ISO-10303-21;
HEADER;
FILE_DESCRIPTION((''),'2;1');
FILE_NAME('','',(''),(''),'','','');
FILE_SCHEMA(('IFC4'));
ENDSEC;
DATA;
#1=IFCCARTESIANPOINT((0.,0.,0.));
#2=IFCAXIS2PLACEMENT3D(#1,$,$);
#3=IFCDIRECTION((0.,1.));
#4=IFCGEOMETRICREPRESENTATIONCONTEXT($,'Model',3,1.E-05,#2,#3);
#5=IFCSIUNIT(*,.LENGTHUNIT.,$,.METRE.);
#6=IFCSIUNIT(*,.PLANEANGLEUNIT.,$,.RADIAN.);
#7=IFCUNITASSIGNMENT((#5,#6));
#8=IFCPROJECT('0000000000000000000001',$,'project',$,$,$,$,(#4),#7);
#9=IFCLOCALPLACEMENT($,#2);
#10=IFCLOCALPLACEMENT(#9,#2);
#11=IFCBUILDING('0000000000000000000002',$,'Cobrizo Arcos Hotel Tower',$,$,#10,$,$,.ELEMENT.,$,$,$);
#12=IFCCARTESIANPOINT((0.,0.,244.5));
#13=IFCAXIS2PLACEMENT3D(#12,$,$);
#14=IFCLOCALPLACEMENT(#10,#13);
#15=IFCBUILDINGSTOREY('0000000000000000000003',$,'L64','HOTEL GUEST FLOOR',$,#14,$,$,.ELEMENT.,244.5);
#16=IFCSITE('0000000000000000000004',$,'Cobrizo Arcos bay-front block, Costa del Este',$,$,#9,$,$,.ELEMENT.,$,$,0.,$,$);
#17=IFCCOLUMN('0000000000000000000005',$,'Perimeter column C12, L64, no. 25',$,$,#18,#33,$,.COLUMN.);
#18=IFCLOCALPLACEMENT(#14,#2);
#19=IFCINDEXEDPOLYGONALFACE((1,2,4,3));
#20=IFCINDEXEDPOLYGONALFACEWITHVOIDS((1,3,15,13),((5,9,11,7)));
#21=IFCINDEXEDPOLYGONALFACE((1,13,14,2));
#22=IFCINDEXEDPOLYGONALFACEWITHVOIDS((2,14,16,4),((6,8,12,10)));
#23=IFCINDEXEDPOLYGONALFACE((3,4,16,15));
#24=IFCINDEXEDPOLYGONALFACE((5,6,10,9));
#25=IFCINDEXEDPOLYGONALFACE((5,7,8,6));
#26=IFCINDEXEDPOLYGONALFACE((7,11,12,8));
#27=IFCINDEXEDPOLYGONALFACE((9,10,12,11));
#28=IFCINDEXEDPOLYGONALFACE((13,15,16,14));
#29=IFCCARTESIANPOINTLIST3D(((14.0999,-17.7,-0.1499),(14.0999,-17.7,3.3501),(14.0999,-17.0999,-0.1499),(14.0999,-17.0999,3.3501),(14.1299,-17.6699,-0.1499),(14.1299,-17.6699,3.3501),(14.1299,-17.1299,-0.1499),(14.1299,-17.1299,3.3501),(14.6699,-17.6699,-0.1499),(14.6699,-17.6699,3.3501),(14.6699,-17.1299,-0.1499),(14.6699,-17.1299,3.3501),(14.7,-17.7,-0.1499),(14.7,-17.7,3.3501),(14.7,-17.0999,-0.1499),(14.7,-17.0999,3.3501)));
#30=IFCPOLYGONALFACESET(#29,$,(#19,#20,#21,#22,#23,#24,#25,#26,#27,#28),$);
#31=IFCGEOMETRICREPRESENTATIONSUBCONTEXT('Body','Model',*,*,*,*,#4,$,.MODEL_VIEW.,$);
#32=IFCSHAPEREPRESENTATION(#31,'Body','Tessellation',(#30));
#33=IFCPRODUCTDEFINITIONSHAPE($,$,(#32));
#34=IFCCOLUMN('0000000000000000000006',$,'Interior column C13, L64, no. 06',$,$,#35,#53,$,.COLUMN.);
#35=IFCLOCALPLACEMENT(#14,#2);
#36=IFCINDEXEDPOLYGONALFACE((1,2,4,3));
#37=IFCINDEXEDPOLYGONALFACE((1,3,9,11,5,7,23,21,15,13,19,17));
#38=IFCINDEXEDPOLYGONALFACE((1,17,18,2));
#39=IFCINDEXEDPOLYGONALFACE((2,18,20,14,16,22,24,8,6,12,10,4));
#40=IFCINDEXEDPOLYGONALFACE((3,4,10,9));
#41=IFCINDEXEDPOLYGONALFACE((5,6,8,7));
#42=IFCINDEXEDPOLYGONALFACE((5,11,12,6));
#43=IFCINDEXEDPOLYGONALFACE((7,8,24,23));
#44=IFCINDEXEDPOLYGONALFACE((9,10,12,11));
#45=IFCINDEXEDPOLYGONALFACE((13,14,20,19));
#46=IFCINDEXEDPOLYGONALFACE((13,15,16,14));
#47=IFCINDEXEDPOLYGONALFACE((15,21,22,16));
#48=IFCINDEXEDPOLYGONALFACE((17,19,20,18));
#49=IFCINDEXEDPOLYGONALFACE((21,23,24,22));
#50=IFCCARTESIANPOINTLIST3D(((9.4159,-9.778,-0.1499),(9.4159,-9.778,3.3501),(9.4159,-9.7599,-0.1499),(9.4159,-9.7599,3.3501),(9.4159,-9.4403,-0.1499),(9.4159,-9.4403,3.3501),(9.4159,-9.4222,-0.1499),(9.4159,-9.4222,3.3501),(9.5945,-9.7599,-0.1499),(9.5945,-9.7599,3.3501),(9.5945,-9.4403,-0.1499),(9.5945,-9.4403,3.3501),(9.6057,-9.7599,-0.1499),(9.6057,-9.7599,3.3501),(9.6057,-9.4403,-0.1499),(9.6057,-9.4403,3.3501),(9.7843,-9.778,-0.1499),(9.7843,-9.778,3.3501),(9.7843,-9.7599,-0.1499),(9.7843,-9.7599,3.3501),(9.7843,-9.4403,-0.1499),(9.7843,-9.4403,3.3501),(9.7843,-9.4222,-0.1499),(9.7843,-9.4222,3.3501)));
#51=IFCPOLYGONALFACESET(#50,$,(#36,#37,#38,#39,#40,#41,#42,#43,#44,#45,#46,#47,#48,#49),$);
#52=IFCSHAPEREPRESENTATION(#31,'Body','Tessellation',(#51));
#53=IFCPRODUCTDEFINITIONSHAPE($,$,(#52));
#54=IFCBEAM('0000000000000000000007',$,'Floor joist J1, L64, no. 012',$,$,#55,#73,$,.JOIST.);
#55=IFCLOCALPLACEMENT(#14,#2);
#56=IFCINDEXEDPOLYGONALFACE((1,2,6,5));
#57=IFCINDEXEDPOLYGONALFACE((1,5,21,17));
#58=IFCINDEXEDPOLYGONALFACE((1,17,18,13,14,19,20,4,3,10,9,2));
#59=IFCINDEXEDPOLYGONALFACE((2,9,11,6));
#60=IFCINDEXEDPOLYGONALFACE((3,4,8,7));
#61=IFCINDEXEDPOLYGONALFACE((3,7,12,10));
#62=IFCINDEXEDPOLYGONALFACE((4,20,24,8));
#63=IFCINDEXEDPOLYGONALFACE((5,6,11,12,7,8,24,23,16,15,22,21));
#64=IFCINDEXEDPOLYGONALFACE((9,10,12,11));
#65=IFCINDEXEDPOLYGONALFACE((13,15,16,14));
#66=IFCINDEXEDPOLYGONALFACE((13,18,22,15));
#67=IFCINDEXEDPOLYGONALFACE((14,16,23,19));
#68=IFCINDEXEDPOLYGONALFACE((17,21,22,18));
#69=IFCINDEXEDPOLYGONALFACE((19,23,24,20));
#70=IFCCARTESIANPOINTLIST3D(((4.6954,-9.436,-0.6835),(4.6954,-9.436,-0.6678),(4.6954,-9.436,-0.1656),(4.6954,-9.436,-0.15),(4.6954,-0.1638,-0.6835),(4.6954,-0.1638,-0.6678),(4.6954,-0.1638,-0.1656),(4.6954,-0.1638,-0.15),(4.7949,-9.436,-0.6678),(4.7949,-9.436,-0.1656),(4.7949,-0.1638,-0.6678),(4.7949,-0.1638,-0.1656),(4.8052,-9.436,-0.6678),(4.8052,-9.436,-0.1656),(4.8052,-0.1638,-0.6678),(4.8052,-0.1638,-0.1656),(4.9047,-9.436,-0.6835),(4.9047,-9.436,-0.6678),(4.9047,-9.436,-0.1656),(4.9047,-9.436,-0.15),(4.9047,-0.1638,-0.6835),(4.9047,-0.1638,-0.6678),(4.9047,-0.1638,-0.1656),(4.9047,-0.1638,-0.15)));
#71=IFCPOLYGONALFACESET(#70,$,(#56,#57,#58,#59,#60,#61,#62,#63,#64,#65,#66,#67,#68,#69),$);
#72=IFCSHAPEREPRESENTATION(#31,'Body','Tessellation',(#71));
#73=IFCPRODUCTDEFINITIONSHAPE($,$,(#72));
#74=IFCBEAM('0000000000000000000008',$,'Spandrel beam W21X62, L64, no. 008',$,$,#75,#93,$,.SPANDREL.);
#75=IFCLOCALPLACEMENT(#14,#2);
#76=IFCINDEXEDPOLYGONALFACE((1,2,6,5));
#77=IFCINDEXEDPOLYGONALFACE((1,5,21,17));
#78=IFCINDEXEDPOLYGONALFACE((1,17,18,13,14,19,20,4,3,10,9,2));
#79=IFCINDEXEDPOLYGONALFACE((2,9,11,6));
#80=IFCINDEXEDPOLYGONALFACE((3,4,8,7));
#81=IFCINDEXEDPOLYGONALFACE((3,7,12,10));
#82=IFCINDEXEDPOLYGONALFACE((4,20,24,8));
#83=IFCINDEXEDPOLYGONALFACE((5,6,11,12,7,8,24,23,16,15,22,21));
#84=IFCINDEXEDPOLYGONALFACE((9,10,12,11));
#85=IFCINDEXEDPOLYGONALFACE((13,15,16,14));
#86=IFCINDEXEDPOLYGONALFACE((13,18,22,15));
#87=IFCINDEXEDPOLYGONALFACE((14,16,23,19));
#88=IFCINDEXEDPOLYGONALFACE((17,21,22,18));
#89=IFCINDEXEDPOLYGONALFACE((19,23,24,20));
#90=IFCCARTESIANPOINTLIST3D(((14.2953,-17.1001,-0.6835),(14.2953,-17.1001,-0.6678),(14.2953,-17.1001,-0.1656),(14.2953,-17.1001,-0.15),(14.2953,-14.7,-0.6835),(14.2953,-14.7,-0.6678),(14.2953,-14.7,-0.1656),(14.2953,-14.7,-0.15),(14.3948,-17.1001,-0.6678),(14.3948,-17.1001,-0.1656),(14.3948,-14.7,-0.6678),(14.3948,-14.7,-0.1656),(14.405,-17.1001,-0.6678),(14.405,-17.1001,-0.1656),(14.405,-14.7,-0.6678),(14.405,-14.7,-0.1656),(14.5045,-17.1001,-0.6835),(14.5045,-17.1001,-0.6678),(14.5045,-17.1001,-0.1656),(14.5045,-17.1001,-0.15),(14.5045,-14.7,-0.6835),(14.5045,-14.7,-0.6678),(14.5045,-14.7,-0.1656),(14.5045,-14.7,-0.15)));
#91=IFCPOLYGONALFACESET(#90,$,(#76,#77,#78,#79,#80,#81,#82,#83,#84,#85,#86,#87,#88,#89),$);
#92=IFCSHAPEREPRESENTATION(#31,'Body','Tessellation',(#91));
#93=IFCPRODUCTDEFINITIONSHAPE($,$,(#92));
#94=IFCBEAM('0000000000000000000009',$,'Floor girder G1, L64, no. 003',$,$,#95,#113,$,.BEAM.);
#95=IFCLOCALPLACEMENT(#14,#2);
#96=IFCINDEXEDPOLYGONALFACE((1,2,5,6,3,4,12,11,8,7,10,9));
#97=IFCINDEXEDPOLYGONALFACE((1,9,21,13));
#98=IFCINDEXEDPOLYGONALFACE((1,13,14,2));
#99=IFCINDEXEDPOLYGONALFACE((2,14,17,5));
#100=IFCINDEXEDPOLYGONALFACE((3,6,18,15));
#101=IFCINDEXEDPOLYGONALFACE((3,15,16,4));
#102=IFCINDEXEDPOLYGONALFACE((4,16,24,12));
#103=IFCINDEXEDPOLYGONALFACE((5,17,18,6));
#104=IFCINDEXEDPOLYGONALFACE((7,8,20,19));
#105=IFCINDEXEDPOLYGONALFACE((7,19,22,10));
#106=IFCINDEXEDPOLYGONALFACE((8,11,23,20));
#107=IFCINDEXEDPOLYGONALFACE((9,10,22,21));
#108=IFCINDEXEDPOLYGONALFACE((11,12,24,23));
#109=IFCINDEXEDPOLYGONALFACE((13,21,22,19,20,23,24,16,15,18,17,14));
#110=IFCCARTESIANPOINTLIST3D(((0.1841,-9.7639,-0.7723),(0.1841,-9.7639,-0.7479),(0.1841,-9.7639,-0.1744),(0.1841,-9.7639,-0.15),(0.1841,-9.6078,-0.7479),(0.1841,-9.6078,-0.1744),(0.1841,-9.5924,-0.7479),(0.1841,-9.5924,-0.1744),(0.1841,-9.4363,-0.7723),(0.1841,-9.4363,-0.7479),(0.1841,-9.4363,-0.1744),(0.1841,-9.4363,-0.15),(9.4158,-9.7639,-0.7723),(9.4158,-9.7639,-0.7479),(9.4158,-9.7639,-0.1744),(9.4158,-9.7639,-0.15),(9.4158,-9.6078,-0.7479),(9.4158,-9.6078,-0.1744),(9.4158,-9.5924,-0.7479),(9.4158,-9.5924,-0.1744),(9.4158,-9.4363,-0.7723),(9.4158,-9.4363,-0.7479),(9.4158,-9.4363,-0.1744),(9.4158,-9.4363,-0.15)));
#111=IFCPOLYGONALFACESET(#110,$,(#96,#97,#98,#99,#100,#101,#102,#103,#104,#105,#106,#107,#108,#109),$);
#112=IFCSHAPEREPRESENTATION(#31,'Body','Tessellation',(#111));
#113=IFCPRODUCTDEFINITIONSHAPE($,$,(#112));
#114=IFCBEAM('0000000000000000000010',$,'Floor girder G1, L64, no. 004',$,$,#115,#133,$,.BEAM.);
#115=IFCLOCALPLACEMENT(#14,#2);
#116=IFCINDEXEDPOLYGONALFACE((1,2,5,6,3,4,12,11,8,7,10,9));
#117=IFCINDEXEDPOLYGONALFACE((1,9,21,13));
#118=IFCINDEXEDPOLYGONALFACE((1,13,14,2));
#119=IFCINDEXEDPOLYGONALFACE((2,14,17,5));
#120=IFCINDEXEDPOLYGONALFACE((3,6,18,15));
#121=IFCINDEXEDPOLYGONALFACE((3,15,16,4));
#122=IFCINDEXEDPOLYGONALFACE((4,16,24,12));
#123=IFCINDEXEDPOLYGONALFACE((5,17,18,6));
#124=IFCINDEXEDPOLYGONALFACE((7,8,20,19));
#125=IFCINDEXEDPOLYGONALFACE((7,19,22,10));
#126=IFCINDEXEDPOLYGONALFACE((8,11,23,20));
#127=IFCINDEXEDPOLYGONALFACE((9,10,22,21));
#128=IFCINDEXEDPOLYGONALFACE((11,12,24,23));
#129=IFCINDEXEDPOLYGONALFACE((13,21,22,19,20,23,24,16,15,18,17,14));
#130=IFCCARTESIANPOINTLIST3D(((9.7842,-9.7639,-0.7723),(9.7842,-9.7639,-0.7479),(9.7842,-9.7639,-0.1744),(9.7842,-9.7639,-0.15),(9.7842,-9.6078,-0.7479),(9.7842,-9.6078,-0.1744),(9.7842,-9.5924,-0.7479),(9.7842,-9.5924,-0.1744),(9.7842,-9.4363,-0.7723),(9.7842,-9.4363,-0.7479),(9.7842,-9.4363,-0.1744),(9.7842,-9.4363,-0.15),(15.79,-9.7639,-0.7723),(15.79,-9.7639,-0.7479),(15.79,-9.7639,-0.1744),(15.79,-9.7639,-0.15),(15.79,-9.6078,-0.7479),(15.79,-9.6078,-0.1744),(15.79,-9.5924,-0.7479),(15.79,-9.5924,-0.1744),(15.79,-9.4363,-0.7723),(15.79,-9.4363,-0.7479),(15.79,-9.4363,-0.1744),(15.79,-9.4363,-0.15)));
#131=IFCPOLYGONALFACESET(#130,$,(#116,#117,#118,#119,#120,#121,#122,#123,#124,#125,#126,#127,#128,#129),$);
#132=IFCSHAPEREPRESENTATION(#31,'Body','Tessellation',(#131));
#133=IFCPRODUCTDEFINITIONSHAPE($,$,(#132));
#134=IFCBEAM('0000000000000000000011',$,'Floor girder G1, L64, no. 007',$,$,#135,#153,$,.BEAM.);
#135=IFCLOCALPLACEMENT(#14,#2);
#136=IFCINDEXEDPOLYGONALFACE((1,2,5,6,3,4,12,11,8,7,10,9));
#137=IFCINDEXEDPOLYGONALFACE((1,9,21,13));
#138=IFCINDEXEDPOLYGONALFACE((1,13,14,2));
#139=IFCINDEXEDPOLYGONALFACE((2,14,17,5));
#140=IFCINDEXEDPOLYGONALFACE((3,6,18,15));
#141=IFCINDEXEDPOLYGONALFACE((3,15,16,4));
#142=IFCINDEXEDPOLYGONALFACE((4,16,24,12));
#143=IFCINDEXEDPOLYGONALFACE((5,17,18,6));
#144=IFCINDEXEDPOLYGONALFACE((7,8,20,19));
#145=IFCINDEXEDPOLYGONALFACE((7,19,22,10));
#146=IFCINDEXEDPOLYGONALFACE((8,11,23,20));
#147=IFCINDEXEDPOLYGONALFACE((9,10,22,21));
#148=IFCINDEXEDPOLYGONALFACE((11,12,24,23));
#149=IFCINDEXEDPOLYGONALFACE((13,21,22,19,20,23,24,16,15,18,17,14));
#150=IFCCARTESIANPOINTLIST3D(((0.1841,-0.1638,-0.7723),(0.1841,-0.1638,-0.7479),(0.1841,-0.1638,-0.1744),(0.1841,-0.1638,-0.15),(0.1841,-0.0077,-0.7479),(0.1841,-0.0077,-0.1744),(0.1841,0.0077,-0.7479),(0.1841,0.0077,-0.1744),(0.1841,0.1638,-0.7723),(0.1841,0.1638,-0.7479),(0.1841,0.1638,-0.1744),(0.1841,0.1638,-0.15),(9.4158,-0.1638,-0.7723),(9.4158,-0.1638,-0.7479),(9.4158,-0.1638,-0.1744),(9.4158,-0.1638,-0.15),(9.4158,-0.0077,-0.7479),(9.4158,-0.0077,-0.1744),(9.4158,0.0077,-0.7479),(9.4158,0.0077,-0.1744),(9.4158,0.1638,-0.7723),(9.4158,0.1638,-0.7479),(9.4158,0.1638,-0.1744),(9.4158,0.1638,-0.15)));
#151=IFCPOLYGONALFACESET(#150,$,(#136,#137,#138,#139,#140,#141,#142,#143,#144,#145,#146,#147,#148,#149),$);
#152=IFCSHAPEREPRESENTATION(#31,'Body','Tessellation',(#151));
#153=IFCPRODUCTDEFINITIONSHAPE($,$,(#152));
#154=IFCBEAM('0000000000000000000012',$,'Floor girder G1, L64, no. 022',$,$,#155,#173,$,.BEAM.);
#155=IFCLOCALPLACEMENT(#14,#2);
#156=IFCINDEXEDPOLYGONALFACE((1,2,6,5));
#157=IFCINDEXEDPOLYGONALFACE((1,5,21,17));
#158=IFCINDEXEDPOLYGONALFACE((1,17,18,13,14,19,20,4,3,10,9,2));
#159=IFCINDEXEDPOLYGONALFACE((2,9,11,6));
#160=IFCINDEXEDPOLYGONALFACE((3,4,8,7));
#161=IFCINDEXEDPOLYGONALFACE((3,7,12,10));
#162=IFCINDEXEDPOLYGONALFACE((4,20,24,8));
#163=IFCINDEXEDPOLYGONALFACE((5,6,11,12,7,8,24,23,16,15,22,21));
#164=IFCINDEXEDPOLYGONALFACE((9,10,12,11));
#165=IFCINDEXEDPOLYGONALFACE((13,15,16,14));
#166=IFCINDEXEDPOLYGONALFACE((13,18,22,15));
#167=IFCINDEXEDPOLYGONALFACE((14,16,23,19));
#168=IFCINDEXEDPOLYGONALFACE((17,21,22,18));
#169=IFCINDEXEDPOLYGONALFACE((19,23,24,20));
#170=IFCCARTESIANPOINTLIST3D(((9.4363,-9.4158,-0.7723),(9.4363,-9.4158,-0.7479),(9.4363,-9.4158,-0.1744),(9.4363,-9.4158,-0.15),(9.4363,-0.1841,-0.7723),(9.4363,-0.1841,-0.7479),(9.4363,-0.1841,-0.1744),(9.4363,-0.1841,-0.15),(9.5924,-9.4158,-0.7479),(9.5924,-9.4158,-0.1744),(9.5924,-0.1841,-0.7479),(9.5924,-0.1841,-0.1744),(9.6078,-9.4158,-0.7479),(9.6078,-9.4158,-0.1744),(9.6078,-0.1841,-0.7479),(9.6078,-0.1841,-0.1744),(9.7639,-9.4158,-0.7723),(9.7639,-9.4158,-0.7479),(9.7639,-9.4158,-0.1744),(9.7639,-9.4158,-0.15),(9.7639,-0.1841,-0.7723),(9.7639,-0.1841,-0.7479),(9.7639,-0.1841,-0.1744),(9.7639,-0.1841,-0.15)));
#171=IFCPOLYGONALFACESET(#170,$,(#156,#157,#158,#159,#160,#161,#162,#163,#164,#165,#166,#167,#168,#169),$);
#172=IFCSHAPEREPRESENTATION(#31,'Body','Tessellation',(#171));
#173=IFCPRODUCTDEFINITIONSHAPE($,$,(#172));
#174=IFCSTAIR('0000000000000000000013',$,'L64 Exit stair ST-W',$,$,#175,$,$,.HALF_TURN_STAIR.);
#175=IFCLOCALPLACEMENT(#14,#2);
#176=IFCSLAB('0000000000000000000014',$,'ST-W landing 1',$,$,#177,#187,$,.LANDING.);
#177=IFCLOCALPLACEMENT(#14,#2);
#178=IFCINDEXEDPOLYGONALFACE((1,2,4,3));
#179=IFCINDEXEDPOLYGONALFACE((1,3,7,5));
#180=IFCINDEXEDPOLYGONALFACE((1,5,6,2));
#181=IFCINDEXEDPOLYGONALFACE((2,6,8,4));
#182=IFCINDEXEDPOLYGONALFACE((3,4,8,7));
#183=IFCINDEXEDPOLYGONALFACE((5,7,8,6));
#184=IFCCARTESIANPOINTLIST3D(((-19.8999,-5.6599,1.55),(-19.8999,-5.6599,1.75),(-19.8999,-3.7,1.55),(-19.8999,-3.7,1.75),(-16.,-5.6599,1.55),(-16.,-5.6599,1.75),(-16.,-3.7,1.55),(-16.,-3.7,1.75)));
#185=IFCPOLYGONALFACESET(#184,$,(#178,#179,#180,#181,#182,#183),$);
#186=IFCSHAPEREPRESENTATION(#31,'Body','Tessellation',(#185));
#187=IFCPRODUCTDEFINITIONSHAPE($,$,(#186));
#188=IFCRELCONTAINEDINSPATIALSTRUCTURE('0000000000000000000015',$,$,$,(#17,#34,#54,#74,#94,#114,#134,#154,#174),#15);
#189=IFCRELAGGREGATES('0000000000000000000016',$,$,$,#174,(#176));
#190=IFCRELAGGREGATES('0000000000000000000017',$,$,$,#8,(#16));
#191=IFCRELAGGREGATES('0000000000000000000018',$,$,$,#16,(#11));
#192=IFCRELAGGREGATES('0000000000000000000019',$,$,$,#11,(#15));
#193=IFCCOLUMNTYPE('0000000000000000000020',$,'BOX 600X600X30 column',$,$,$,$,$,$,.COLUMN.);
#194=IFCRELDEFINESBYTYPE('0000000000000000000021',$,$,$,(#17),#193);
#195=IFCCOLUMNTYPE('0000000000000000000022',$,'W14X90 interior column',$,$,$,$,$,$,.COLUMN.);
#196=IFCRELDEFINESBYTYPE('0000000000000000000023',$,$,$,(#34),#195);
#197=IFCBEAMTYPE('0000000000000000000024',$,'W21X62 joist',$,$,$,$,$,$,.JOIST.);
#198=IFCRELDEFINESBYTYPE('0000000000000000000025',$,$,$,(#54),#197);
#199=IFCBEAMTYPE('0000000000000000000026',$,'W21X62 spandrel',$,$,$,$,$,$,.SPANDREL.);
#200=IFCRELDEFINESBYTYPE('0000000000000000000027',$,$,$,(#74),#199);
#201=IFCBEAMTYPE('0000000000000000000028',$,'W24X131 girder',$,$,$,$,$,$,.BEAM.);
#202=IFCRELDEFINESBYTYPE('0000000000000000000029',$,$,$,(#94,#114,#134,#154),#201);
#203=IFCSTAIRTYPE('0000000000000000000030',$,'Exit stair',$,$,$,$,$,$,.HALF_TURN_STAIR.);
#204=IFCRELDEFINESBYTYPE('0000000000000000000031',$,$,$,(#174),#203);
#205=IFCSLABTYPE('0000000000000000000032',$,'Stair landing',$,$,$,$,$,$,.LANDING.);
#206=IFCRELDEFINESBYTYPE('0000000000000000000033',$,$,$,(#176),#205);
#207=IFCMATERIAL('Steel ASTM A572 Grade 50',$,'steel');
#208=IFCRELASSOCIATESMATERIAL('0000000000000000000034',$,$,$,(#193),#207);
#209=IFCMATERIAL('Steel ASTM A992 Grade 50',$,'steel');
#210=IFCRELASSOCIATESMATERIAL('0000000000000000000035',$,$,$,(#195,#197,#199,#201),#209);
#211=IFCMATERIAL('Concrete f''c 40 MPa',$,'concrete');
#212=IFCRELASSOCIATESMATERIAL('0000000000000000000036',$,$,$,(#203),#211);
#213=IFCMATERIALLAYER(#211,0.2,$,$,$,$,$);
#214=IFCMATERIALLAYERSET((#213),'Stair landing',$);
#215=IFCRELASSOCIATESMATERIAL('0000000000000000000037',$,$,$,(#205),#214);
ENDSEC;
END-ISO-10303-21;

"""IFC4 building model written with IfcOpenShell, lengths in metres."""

from ifc_helpers import new_model, si_unit, direction, frame, origin, origin_2d, place, context, subcontext, project, spatial, polyline, hollow_rectangle, i_section, outline, extrude, material, layer, layer_set, material_profile, profile_set, type_object, element, aggregate, save


model = new_model("IFC4")

# Units and contexts
model_context = context("Model", 3, precision=1e-05, world=origin(), true_north=direction((0.0, 1.0)))
body_context = subcontext(model_context, "Body", "Model", "MODEL_VIEW")
ifc_project = project(units=[si_unit("LENGTHUNIT", "METRE"), si_unit("PLANEANGLEUNIT", "RADIAN")], contexts=[model_context])

# Site, building, storey
site_placement = place(None, origin())
site = spatial("IfcSite", under=ifc_project, at=site_placement, Name="Cobrizo Arcos bay-front block, Costa del Este", CompositionType="ELEMENT", RefElevation=0.0)
building_placement = place(site_placement, origin())
building = spatial("IfcBuilding", under=site, at=building_placement, Name="Cobrizo Arcos Hotel Tower", CompositionType="ELEMENT")
storey_placement = place(building_placement, frame((0.0, 0.0, 244.5)))
storey = spatial("IfcBuildingStorey", under=building, at=storey_placement, Name="L64", Description="HOTEL GUEST FLOOR", CompositionType="ELEMENT", Elevation=244.5)

# Columns
ifc_material_1 = material(Name="Steel ASTM A572 Grade 50", Category="steel")
ifc_material_profile_1 = material_profile(ifc_material_1, hollow_rectangle(XDim=0.6001, YDim=0.6001, WallThickness=0.03, at=origin_2d()), Name="BOX 600X600X30")
ifc_profile_set_1 = profile_set([ifc_material_profile_1], Name="Steel ASTM A572 Grade 50")
column_type_1 = type_object("IfcColumnType", Name="BOX 600X600X30 column", PredefinedType="COLUMN", material=ifc_profile_set_1)
column_1_placement = place(storey_placement, frame((14.3999, -17.3999, -0.1499), z_axis=(0.0, 0.0, 1.0), x_axis=(1.0, 0.0, 0.0)))
element("IfcColumn", 1, at=column_1_placement, inside=storey, type_object=column_type_1, Name="Perimeter column C12, L64, no. 25", PredefinedType="COLUMN", context=body_context, shape_type="SweptSolid", body=[
    extrude(hollow_rectangle(XDim=0.6001, YDim=0.6001, WallThickness=0.03, at=origin_2d()), origin(), (0.0, 0.0, 1.0), 3.5),
])
ifc_material_2 = material(Name="Steel ASTM A992 Grade 50", Category="steel")
ifc_material_profile_2 = material_profile(ifc_material_2, i_section(OverallWidth=0.3684, OverallDepth=0.3557, WebThickness=0.0112, FlangeThickness=0.0181, at=origin_2d()), Name="W14X90")
ifc_profile_set_2 = profile_set([ifc_material_profile_2], Name="Steel ASTM A992 Grade 50")
column_type_2 = type_object("IfcColumnType", Name="W14X90 interior column", PredefinedType="COLUMN", material=ifc_profile_set_2)
column_2_placement = place(storey_placement, frame((9.6001, -9.6001, -0.1499), z_axis=(0.0, 0.0, 1.0), x_axis=(1.0, 0.0, 0.0)))
element("IfcColumn", 2, at=column_2_placement, inside=storey, type_object=column_type_2, Name="Interior column C13, L64, no. 06", PredefinedType="COLUMN", context=body_context, shape_type="SweptSolid", body=[
    extrude(i_section(OverallWidth=0.3684, OverallDepth=0.3557, WebThickness=0.0112, FlangeThickness=0.0181, at=origin_2d()), origin(), (0.0, 0.0, 1.0), 3.5),
])

# Beams
ifc_material_profile_3 = material_profile(ifc_material_2, i_section(OverallWidth=0.2092, OverallDepth=0.5334, WebThickness=0.0103, FlangeThickness=0.0156, at=origin_2d()), Name="W21X62")
ifc_profile_set_3 = profile_set([ifc_material_profile_3], Name="Steel ASTM A992 Grade 50")
beam_type_1 = type_object("IfcBeamType", Name="W21X62 joist", PredefinedType="JOIST", material=ifc_profile_set_3)
beam_1_placement = place(storey_placement, frame((4.8, -9.436, -0.4167), z_axis=(0.0, 1.0, 0.0), x_axis=(-1.0, 0.0, 0.0)))
element("IfcBeam", 3, at=beam_1_placement, inside=storey, type_object=beam_type_1, Name="Floor joist J1, L64, no. 012", PredefinedType="JOIST", context=body_context, shape_type="SweptSolid", body=[
    extrude(i_section(OverallWidth=0.2092, OverallDepth=0.5334, WebThickness=0.0103, FlangeThickness=0.0156, at=origin_2d()), origin(), (0.0, 0.0, 1.0), 9.2722),
])
ifc_material_profile_4 = material_profile(ifc_material_2, i_section(OverallWidth=0.2092, OverallDepth=0.5334, WebThickness=0.0103, FlangeThickness=0.0156, at=origin_2d()), Name="W21X62")
ifc_profile_set_4 = profile_set([ifc_material_profile_4], Name="Steel ASTM A992 Grade 50")
beam_type_2 = type_object("IfcBeamType", Name="W21X62 spandrel", PredefinedType="SPANDREL", material=ifc_profile_set_4)
beam_2_placement = place(storey_placement, frame((14.3999, -17.1001, -0.4167), z_axis=(0.0, 1.0, 0.0), x_axis=(-1.0, 0.0, 0.0)))
element("IfcBeam", 4, at=beam_2_placement, inside=storey, type_object=beam_type_2, Name="Spandrel beam W21X62, L64, no. 008", PredefinedType="SPANDREL", context=body_context, shape_type="SweptSolid", body=[
    extrude(i_section(OverallWidth=0.2092, OverallDepth=0.5334, WebThickness=0.0103, FlangeThickness=0.0156, at=origin_2d()), origin(), (0.0, 0.0, 1.0), 2.4001),
])
ifc_material_profile_5 = material_profile(ifc_material_2, i_section(OverallWidth=0.3276, OverallDepth=0.6223, WebThickness=0.0154, FlangeThickness=0.0244, at=origin_2d()), Name="W24X131")
ifc_profile_set_5 = profile_set([ifc_material_profile_5], Name="Steel ASTM A992 Grade 50")
beam_type_3 = type_object("IfcBeamType", Name="W24X131 girder", PredefinedType="BEAM", material=ifc_profile_set_5)
beam_3_placement = place(storey_placement, frame((0.1841, -9.6001, -0.4612), z_axis=(1.0, 0.0, 0.0), x_axis=(0.0, 1.0, 0.0)))
element("IfcBeam", 5, at=beam_3_placement, inside=storey, type_object=beam_type_3, Name="Floor girder G1, L64, no. 003", PredefinedType="BEAM", context=body_context, shape_type="SweptSolid", body=[
    extrude(i_section(OverallWidth=0.3276, OverallDepth=0.6223, WebThickness=0.0154, FlangeThickness=0.0244, at=origin_2d()), origin(), (0.0, 0.0, 1.0), 9.2317),
])
beam_4_placement = place(storey_placement, frame((9.7842, -9.6001, -0.4612), z_axis=(1.0, 0.0, 0.0), x_axis=(0.0, 1.0, 0.0)))
element("IfcBeam", 6, at=beam_4_placement, inside=storey, type_object=beam_type_3, Name="Floor girder G1, L64, no. 004", PredefinedType="BEAM", context=body_context, shape_type="SweptSolid", body=[
    extrude(i_section(OverallWidth=0.3276, OverallDepth=0.6223, WebThickness=0.0154, FlangeThickness=0.0244, at=origin_2d()), origin(), (0.0, 0.0, 1.0), 6.0059),
])
for number, where, z_axis, x_axis, name in (
    (7, (0.1841, 0.0, -0.4612), (1.0, 0.0, 0.0), (0.0, 1.0, 0.0), "Floor girder G1, L64, no. 007"),
    (8, (9.6001, -9.4158, -0.4612), (0.0, 1.0, 0.0), (-1.0, 0.0, 0.0), "Floor girder G1, L64, no. 022"),
):
    element("IfcBeam", number, at=place(storey_placement, frame(where, z_axis=z_axis, x_axis=x_axis)), inside=storey, type_object=beam_type_3, Name=name, PredefinedType="BEAM", context=body_context, shape_type="SweptSolid", body=[
        extrude(i_section(OverallWidth=0.3276, OverallDepth=0.6223, WebThickness=0.0154, FlangeThickness=0.0244, at=origin_2d()), origin(), (0.0, 0.0, 1.0), 9.2317),
    ])

# Stair, slab
ifc_material_3 = material(Name="Concrete f'c 40 MPa", Category="concrete")
stair_type = type_object("IfcStairType", Name="Exit stair", PredefinedType="HALF_TURN_STAIR", material=ifc_material_3)
stair_1_placement = place(storey_placement, origin())
stair_1 = element("IfcStair", 9, at=stair_1_placement, inside=storey, type_object=stair_type, Name="L64 Exit stair ST-W", PredefinedType="HALF_TURN_STAIR")
ifc_layer_1 = layer(ifc_material_3, 0.2)
ifc_layer_set_1 = layer_set([ifc_layer_1], Name="Stair landing")
slab_type = type_object("IfcSlabType", Name="Stair landing", PredefinedType="LANDING", material=ifc_layer_set_1)
slab_1_placement = place(storey_placement, frame((0.0, 0.0, 1.55)))
slab_1 = element("IfcSlab", 10, at=slab_1_placement, type_object=slab_type, Name="ST-W landing 1", PredefinedType="LANDING", context=body_context, shape_type="SweptSolid", body=[
    extrude(outline(polyline([(-16.0, -5.6599), (-16.0, -3.7), (-19.8999, -3.7), (-19.8999, -5.6599), (-16.0, -5.6599)])), origin(), (0.0, 0.0, 1.0), 0.2),
])
aggregate(stair_1, [slab_1])

save(model, "model.ifc")
